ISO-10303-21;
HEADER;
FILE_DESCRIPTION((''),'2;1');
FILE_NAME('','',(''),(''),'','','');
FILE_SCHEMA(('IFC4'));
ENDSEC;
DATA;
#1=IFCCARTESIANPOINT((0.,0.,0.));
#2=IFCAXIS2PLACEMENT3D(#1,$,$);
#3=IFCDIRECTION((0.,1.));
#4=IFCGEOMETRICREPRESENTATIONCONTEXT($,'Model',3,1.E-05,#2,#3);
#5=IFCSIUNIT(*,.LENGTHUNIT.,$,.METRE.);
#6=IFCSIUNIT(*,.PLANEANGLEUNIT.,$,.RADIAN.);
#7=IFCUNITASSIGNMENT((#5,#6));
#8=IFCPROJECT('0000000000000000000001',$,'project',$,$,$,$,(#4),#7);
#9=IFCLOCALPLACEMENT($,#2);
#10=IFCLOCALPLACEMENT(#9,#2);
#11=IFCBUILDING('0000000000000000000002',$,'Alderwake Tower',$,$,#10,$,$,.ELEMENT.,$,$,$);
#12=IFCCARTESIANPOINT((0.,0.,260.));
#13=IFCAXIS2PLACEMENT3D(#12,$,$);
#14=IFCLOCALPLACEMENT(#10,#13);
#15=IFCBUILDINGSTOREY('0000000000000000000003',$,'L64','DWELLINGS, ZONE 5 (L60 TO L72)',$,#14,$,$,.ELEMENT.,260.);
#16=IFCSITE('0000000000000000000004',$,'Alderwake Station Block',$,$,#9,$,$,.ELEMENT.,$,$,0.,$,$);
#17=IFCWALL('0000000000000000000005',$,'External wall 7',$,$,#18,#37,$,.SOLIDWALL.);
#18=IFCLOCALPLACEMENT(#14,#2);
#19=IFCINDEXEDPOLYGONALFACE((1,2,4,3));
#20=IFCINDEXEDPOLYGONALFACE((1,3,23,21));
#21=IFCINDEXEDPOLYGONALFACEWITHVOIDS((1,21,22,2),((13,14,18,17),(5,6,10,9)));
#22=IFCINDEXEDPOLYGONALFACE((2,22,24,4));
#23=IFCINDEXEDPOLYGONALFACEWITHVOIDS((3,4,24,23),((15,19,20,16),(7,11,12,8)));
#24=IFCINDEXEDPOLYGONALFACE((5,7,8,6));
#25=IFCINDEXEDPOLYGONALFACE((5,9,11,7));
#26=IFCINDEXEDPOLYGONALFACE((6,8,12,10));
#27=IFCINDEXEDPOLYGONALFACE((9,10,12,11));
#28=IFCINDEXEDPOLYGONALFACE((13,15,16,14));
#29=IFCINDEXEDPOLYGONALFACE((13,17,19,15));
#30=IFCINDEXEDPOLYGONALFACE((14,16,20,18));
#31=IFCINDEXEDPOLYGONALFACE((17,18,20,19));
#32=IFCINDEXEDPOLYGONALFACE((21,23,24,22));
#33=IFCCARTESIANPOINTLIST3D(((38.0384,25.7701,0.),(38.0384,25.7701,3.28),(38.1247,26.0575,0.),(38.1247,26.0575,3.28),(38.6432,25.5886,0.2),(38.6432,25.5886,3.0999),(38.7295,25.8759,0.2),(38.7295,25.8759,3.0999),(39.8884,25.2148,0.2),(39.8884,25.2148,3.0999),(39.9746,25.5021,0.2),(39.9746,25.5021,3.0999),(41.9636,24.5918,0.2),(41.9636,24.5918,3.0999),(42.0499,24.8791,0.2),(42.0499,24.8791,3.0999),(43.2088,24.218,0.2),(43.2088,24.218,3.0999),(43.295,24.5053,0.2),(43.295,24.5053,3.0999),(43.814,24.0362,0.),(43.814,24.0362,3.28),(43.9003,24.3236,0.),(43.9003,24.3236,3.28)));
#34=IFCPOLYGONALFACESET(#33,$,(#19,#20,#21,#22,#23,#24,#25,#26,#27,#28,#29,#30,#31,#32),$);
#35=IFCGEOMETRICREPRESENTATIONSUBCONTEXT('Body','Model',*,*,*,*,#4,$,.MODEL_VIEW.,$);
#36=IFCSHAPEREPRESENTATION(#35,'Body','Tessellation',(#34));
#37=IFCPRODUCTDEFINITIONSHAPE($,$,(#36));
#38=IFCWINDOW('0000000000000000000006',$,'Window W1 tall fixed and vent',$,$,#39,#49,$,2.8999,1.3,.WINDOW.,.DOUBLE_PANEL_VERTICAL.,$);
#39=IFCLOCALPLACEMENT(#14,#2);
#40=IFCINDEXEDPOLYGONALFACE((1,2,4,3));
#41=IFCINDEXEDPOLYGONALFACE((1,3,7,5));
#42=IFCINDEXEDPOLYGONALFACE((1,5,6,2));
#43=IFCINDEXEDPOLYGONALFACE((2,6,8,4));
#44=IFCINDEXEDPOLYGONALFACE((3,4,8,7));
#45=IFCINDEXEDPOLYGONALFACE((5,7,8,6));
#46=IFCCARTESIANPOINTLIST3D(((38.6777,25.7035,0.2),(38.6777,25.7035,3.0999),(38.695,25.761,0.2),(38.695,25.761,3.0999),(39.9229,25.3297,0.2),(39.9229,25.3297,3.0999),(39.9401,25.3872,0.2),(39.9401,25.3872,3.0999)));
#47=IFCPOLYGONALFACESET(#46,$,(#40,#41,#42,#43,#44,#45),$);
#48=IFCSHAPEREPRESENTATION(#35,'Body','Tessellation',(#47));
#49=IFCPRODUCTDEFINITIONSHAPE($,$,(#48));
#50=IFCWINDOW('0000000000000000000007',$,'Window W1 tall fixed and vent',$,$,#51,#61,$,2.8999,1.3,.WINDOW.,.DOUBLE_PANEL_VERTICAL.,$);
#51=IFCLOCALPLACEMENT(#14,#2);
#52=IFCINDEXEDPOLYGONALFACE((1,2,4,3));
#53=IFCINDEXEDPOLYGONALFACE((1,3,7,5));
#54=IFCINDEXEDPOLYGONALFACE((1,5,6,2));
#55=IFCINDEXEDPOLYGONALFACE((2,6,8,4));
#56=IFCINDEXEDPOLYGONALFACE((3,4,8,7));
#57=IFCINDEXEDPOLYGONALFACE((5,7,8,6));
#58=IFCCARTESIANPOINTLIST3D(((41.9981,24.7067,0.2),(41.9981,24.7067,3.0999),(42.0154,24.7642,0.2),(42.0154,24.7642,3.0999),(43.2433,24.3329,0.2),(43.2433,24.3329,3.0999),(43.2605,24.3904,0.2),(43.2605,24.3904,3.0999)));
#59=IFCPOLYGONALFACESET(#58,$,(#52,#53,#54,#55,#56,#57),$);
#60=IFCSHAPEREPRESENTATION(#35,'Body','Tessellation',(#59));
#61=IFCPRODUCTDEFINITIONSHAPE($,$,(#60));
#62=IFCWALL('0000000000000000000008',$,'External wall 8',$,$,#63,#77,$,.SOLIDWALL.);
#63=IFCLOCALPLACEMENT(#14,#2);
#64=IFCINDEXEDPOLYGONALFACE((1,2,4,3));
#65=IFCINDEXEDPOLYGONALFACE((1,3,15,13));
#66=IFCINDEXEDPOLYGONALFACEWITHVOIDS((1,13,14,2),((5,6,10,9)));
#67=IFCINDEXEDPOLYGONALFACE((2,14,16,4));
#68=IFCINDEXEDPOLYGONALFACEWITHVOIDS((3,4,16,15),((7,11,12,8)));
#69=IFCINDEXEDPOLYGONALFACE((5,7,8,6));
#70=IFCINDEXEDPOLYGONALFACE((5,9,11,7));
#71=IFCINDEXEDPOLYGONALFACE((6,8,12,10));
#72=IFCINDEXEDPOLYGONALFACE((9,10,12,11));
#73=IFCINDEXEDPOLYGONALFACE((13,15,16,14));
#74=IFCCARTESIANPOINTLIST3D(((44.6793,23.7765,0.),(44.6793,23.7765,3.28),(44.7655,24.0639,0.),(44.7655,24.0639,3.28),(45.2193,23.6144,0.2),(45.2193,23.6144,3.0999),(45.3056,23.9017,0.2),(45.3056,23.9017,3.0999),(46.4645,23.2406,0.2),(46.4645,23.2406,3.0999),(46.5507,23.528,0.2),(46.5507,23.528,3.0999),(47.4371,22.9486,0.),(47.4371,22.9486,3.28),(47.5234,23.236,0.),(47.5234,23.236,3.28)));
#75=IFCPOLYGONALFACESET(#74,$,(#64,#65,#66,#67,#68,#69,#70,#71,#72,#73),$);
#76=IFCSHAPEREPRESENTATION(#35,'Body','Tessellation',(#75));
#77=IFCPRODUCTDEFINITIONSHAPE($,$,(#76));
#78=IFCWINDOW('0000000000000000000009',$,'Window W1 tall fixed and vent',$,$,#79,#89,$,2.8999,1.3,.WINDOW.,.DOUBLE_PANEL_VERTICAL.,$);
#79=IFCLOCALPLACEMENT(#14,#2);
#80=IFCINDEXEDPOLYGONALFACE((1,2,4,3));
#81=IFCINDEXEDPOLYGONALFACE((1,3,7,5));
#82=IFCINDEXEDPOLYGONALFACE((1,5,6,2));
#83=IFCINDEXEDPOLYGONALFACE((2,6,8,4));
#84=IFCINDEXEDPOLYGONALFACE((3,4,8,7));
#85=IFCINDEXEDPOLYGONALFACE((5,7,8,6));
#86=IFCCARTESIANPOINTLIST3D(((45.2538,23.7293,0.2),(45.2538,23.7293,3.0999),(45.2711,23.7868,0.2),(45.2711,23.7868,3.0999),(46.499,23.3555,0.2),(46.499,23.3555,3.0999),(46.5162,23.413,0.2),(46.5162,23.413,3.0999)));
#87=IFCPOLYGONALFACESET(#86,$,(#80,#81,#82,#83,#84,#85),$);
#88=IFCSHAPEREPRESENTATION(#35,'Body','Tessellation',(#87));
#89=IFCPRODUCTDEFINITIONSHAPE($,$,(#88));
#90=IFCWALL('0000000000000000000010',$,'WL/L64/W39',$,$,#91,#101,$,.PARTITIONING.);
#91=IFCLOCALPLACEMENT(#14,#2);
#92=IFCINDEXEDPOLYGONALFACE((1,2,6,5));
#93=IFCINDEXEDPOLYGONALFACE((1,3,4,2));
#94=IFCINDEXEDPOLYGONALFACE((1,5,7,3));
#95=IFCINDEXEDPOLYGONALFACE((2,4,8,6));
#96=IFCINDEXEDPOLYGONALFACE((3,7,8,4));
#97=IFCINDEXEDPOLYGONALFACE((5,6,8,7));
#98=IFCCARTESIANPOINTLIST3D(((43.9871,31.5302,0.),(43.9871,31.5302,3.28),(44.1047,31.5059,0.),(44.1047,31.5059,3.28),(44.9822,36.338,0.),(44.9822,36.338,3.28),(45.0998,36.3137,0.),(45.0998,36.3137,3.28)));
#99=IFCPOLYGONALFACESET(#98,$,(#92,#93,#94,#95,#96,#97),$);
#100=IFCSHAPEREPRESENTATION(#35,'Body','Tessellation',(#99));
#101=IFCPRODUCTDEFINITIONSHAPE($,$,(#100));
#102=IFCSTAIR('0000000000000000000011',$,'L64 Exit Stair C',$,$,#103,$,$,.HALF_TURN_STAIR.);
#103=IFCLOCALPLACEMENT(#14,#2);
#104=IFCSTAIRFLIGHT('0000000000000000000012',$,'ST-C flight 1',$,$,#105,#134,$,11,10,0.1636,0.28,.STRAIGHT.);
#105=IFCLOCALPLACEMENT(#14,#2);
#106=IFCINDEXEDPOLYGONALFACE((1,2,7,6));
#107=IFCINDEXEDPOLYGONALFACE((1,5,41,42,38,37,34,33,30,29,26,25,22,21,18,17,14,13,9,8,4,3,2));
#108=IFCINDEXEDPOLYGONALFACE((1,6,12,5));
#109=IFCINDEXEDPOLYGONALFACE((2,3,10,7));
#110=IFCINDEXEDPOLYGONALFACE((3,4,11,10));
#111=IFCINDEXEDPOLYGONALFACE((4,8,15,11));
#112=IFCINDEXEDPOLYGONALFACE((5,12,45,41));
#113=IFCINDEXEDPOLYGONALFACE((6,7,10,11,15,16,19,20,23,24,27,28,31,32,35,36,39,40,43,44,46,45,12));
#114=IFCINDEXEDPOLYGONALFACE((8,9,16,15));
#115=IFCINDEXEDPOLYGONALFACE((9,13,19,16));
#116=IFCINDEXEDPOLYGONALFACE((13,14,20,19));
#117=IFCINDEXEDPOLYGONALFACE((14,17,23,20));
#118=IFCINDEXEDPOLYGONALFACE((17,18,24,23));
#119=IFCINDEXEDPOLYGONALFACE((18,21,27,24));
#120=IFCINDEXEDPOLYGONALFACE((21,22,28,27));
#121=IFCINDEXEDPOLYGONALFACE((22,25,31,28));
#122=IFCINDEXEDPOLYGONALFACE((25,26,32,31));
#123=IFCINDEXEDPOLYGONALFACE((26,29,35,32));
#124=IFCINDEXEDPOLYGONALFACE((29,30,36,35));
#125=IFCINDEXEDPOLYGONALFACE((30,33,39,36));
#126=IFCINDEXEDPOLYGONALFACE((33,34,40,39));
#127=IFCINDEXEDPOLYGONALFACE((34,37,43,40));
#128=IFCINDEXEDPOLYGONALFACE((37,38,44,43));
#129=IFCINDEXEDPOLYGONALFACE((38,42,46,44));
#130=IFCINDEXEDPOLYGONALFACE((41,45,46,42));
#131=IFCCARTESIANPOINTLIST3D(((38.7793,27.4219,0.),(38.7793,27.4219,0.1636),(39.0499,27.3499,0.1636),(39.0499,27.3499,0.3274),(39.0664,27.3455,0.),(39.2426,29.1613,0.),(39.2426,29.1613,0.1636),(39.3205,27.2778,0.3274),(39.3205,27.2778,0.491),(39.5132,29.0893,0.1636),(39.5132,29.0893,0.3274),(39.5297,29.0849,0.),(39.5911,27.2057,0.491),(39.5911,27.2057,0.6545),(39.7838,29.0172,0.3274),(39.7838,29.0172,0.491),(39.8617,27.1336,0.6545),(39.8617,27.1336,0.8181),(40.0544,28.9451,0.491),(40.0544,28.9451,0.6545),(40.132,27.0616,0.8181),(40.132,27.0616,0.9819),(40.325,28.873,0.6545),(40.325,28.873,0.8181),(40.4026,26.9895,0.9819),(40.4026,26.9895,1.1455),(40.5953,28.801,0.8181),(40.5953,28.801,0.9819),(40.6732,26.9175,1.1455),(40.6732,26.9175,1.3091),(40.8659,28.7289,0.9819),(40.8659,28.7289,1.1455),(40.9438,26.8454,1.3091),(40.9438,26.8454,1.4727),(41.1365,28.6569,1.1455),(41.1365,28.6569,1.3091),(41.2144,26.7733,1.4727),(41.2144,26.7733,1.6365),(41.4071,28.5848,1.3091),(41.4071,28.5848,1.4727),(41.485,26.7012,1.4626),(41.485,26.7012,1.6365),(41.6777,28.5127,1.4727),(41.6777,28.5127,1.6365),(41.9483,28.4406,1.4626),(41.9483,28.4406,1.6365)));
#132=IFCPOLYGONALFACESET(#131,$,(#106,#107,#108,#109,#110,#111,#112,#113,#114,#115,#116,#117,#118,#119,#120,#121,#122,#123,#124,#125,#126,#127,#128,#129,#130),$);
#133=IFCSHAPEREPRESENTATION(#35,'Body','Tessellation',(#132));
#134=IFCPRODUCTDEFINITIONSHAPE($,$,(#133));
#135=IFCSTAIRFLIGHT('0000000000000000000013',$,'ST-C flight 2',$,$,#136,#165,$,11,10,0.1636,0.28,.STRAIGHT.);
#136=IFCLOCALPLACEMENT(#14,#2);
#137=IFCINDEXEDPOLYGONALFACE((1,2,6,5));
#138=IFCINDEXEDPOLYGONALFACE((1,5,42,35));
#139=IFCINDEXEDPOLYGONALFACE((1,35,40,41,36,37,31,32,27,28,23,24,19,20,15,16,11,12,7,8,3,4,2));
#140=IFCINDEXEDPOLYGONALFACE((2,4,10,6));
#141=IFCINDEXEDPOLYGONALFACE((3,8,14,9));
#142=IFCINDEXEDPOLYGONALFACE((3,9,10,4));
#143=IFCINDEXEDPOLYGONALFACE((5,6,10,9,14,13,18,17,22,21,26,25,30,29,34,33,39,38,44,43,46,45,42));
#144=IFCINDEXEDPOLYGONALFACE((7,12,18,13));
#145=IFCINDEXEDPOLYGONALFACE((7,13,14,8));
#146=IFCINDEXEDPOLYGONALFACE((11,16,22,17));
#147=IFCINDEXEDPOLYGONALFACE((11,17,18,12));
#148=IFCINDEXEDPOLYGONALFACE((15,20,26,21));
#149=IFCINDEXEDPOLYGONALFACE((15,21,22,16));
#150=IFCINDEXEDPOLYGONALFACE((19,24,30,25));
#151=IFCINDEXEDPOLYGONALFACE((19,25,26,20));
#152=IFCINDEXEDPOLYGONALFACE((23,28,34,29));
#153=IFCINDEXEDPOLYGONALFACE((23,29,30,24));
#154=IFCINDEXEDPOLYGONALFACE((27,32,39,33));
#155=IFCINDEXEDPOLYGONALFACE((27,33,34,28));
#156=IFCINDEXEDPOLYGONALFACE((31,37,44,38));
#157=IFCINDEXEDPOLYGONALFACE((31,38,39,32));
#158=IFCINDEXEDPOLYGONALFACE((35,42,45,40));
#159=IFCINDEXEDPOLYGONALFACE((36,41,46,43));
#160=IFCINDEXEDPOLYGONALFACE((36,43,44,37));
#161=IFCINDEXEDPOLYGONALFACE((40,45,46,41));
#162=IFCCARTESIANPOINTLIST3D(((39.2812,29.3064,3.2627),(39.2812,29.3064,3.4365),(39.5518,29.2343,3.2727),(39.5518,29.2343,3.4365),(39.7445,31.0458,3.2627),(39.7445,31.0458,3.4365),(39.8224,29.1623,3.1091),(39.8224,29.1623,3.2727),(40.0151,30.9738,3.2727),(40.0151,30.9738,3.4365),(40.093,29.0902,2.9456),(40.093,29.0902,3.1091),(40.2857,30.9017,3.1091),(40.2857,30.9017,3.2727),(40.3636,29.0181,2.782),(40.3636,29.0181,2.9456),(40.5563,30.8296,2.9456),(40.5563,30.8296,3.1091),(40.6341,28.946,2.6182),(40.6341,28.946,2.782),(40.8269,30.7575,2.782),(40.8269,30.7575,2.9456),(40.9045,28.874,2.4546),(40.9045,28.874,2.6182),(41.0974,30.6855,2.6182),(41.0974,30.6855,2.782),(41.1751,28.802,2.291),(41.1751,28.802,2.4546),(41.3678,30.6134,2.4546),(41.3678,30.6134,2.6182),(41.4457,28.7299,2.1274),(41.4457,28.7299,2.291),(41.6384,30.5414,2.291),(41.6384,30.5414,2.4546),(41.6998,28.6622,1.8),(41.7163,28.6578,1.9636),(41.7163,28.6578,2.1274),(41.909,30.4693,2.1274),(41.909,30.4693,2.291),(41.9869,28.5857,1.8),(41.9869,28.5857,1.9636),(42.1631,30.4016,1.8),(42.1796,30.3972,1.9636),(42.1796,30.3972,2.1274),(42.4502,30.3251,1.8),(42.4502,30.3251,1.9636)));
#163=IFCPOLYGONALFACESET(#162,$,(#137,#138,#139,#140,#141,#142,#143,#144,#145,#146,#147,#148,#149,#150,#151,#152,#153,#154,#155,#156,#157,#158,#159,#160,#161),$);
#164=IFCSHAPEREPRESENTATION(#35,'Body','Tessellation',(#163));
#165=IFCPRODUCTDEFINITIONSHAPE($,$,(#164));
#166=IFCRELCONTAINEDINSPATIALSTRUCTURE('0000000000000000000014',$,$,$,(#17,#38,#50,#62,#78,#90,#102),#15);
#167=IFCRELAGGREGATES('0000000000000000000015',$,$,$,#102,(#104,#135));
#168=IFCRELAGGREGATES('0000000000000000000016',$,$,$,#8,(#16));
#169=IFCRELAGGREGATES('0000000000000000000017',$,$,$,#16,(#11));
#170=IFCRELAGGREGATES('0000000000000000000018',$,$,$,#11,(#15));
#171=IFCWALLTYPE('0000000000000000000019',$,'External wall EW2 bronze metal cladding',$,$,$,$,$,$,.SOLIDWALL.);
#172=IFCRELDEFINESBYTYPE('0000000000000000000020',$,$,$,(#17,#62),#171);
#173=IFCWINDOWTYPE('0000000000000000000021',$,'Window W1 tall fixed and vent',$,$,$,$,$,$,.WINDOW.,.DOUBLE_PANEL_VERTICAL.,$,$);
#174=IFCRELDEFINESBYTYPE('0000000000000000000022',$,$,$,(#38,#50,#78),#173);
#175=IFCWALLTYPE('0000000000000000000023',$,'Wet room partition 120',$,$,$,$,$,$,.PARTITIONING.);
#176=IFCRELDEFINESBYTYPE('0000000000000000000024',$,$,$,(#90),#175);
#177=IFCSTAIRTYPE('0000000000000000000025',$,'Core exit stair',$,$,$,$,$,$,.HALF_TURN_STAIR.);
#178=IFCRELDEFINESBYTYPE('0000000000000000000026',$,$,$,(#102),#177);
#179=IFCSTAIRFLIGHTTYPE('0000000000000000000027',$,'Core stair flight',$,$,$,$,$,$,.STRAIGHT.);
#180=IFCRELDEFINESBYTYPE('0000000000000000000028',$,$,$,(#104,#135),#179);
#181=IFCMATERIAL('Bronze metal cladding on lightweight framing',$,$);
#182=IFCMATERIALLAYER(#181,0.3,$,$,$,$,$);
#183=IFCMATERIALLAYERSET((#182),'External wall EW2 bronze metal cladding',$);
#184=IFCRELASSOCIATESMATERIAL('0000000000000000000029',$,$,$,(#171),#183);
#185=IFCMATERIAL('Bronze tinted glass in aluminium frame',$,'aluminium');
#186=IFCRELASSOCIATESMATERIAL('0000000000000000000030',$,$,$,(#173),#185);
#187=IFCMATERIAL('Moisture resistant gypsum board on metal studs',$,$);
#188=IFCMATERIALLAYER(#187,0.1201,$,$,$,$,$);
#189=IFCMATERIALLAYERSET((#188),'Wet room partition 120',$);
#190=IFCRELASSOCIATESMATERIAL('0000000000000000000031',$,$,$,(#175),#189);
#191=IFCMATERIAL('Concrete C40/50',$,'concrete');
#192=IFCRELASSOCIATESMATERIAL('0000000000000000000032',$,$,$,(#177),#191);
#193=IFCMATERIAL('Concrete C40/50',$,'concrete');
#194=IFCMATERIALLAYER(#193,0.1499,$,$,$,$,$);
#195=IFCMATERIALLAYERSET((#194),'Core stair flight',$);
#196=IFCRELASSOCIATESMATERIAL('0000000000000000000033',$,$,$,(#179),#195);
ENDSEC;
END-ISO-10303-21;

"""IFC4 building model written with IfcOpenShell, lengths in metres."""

from ifc_helpers import new_model, si_unit, direction, frame, frame_2d, origin, place, context, subcontext, project, spatial, polyline, rectangle, outline, extrude, material, layer, layer_set, type_object, element, fill, aggregate, save


model = new_model("IFC4")

# Units and contexts
model_context = context("Model", 3, precision=1e-05, world=origin(), true_north=direction((0.0, 1.0)))
body_context = subcontext(model_context, "Body", "Model", "MODEL_VIEW")
ifc_project = project(units=[si_unit("LENGTHUNIT", "METRE"), si_unit("PLANEANGLEUNIT", "RADIAN")], contexts=[model_context])

# Site, building, storey
site_placement = place(None, origin())
site = spatial("IfcSite", under=ifc_project, at=site_placement, Name="Alderwake Station Block", CompositionType="ELEMENT", RefElevation=0.0)
building_placement = place(site_placement, origin())
building = spatial("IfcBuilding", under=site, at=building_placement, Name="Alderwake Tower", CompositionType="ELEMENT")
storey_placement = place(building_placement, frame((0.0, 0.0, 260.0)))
storey = spatial("IfcBuildingStorey", under=building, at=storey_placement, Name="L64", Description="DWELLINGS, ZONE 5 (L60 TO L72)", CompositionType="ELEMENT", Elevation=260.0)

# Wall, openings, windows
ifc_material_1 = material(Name="Bronze metal cladding on lightweight framing")
ifc_layer_1 = layer(ifc_material_1, 0.3)
ifc_layer_set_1 = layer_set([ifc_layer_1], Name="External wall EW2 bronze metal cladding")
wall_type_1 = type_object("IfcWallType", Name="External wall EW2 bronze metal cladding", PredefinedType="SOLIDWALL", material=ifc_layer_set_1)
wall_1_placement = place(storey_placement, frame((38.0815, 25.9138, 0.0), z_axis=(0.0, 0.0, 1.0), x_axis=(0.957772, -0.28753, 0.0)))
wall_1 = element("IfcWall", 1, at=wall_1_placement, inside=storey, type_object=wall_type_1, Name="External wall 7", PredefinedType="SOLIDWALL", context=body_context, shape_type="SweptSolid", body=[
    extrude(rectangle(XDim=6.0303, YDim=0.3, at=frame_2d((3.0151, 0.0))), origin(), (0.0, 0.0, 1.0), 3.28),
])
opening_1_placement = place(wall_1_placement, frame((0.6316, 0.0, 0.2)))
opening_1 = element("IfcOpeningElement", 2, at=opening_1_placement, cuts=wall_1, PredefinedType="OPENING", context=body_context, shape_type="SweptSolid", body=[
    extrude(rectangle(XDim=1.3, YDim=2.8999, at=frame_2d((0.6499, 1.45))), frame((0.0, 0.1599, 0.0), z_axis=(0.0, -1.0, 0.0), x_axis=(1.0, 0.0, 0.0)), (0.0, 0.0, 1.0), 0.3201),
])
opening_2_placement = place(wall_1_placement, frame((4.0984, 0.0, 0.2)))
opening_2 = element("IfcOpeningElement", 3, at=opening_2_placement, cuts=wall_1, PredefinedType="OPENING", context=body_context, shape_type="SweptSolid", body=[
    extrude(rectangle(XDim=1.3, YDim=2.8999, at=frame_2d((0.6499, 1.45))), frame((0.0, 0.1599, 0.0), z_axis=(0.0, -1.0, 0.0), x_axis=(1.0, 0.0, 0.0)), (0.0, 0.0, 1.0), 0.3201),
])
ifc_material_2 = material(Name="Bronze tinted glass in aluminium frame", Category="aluminium")
window_type = type_object("IfcWindowType", Name="Window W1 tall fixed and vent", PartitioningType="DOUBLE_PANEL_VERTICAL", PredefinedType="WINDOW", material=ifc_material_2)
window_1_placement = place(opening_1_placement, origin())
window_1 = element("IfcWindow", 4, at=window_1_placement, inside=storey, type_object=window_type, Name="Window W1 tall fixed and vent", OverallHeight=2.8999, OverallWidth=1.3, PartitioningType="DOUBLE_PANEL_VERTICAL", PredefinedType="WINDOW", context=body_context, shape_type="SweptSolid", body=[
    extrude(rectangle(XDim=1.3, YDim=2.8999, at=frame_2d((0.6499, 1.45))), frame((0.0, 0.03, 0.0), z_axis=(0.0, -1.0, 0.0), x_axis=(1.0, 0.0, 0.0)), (0.0, 0.0, 1.0), 0.0601),
])
fill(opening_1, window_1)
window_2_placement = place(opening_2_placement, origin())
window_2 = element("IfcWindow", 5, at=window_2_placement, inside=storey, type_object=window_type, Name="Window W1 tall fixed and vent", OverallHeight=2.8999, OverallWidth=1.3, PartitioningType="DOUBLE_PANEL_VERTICAL", PredefinedType="WINDOW", context=body_context, shape_type="SweptSolid", body=[
    extrude(rectangle(XDim=1.3, YDim=2.8999, at=frame_2d((0.6499, 1.45))), frame((0.0, 0.03, 0.0), z_axis=(0.0, -1.0, 0.0), x_axis=(1.0, 0.0, 0.0)), (0.0, 0.0, 1.0), 0.0601),
])
fill(opening_2, window_2)

# Wall, opening, window
wall_2_placement = place(storey_placement, frame((44.7224, 23.9202, 0.0), z_axis=(0.0, 0.0, 1.0), x_axis=(0.957775, -0.287519, 0.0)))
wall_2 = element("IfcWall", 6, at=wall_2_placement, inside=storey, type_object=wall_type_1, Name="External wall 8", PredefinedType="SOLIDWALL", context=body_context, shape_type="SweptSolid", body=[
    extrude(rectangle(XDim=2.8794, YDim=0.3, at=frame_2d((1.4397, 0.0))), origin(), (0.0, 0.0, 1.0), 3.28),
])
opening_3_placement = place(wall_2_placement, frame((0.564, 0.0, 0.2)))
opening_3 = element("IfcOpeningElement", 7, at=opening_3_placement, cuts=wall_2, PredefinedType="OPENING", context=body_context, shape_type="SweptSolid", body=[
    extrude(rectangle(XDim=1.3, YDim=2.8999, at=frame_2d((0.6499, 1.45))), frame((0.0, 0.1599, 0.0), z_axis=(0.0, -1.0, 0.0), x_axis=(1.0, 0.0, 0.0)), (0.0, 0.0, 1.0), 0.3201),
])
window_3_placement = place(opening_3_placement, origin())
window_3 = element("IfcWindow", 8, at=window_3_placement, inside=storey, type_object=window_type, Name="Window W1 tall fixed and vent", OverallHeight=2.8999, OverallWidth=1.3, PartitioningType="DOUBLE_PANEL_VERTICAL", PredefinedType="WINDOW", context=body_context, shape_type="SweptSolid", body=[
    extrude(rectangle(XDim=1.3, YDim=2.8999, at=frame_2d((0.6499, 1.45))), frame((0.0, 0.03, 0.0), z_axis=(0.0, -1.0, 0.0), x_axis=(1.0, 0.0, 0.0)), (0.0, 0.0, 1.0), 0.0601),
])
fill(opening_3, window_3)

# Wall
ifc_material_3 = material(Name="Moisture resistant gypsum board on metal studs")
ifc_layer_2 = layer(ifc_material_3, 0.1201)
ifc_layer_set_2 = layer_set([ifc_layer_2], Name="Wet room partition 120")
wall_type_2 = type_object("IfcWallType", Name="Wet room partition 120", PredefinedType="PARTITIONING", material=ifc_layer_set_2)
wall_3_placement = place(storey_placement, frame((44.0459, 31.5181, 0.0), z_axis=(0.0, 0.0, 1.0), x_axis=(0.202681, 0.979245, 0.0)))
element("IfcWall", 9, at=wall_3_placement, inside=storey, type_object=wall_type_2, Name="WL/L64/W39", PredefinedType="PARTITIONING", context=body_context, shape_type="SweptSolid", body=[
    extrude(rectangle(XDim=4.9097, YDim=0.1201, at=frame_2d((2.4548, 0.0))), origin(), (0.0, 0.0, 1.0), 3.28),
])

# Stair, stair flights
ifc_material_4 = material(Name="Concrete C40/50", Category="concrete")
stair_type = type_object("IfcStairType", Name="Core exit stair", PredefinedType="HALF_TURN_STAIR", material=ifc_material_4)
stair_placement = place(storey_placement, origin())
stair = element("IfcStair", 10, at=stair_placement, inside=storey, type_object=stair_type, Name="L64 Exit Stair C", PredefinedType="HALF_TURN_STAIR")
ifc_material_5 = material(Name="Concrete C40/50", Category="concrete")
ifc_layer_3 = layer(ifc_material_5, 0.1499)
ifc_layer_set_3 = layer_set([ifc_layer_3], Name="Core stair flight")
stair_flight_type = type_object("IfcStairFlightType", Name="Core stair flight", PredefinedType="STRAIGHT", material=ifc_layer_set_3)
stair_flight_1_placement = place(storey_placement, frame((39.011, 28.2917, 0.0), z_axis=(0.0, 0.0, 1.0), x_axis=(0.96631, -0.257382, 0.0)))
stair_flight_1 = element("IfcStairFlight", 11, at=stair_flight_1_placement, type_object=stair_flight_type, Name="ST-C flight 1", NumberOfRisers=11, NumberOfTreads=10, PredefinedType="STRAIGHT", RiserHeight=0.1636, TreadLength=0.28, context=body_context, shape_type="SweptSolid", body=[
    extrude(outline(polyline([(0.0, 0.0), (0.0, 0.1636), (0.28, 0.1636), (0.28, 0.3274), (0.5601, 0.3274), (0.5601, 0.491), (0.8401, 0.491), (0.8401, 0.6545), (1.1201, 0.6545), (1.1201, 0.8181), (1.3999, 0.8181), (1.3999, 0.9819), (1.6799, 0.9819), (1.6799, 1.1455), (1.96, 1.1455), (1.96, 1.3091), (2.24, 1.3091), (2.24, 1.4727), (2.52, 1.4727), (2.52, 1.6365), (2.8, 1.6365), (2.8, 1.8), (2.8, 1.4626), (0.2971, 0.0), (0.0, 0.0)])), frame((0.0, 0.8999, 0.0), z_axis=(0.0, -1.0, 0.0), x_axis=(1.0, 0.0, 0.0)), (0.0, 0.0, 1.0), 1.8),
])
stair_flight_2_placement = place(storey_placement, frame((42.2185, 29.4553, 1.8), z_axis=(0.0, 0.0, 1.0), x_axis=(-0.96631, 0.257382, 0.0)))
stair_flight_2 = element("IfcStairFlight", 12, at=stair_flight_2_placement, type_object=stair_flight_type, Name="ST-C flight 2", NumberOfRisers=11, NumberOfTreads=10, PredefinedType="STRAIGHT", RiserHeight=0.1636, TreadLength=0.28, context=body_context, shape_type="SweptSolid", body=[
    extrude(outline(polyline([(0.0, 0.0), (0.0, 0.1636), (0.28, 0.1636), (0.28, 0.3274), (0.5601, 0.3274), (0.5601, 0.491), (0.8401, 0.491), (0.8401, 0.6545), (1.1201, 0.6545), (1.1201, 0.8181), (1.3999, 0.8181), (1.3999, 0.9819), (1.6799, 0.9819), (1.6799, 1.1455), (1.96, 1.1455), (1.96, 1.3091), (2.24, 1.3091), (2.24, 1.4727), (2.52, 1.4727), (2.52, 1.6365), (2.8, 1.6365), (2.8, 1.8), (2.8, 1.4626), (0.2971, 0.0), (0.0, 0.0)])), frame((0.0, 0.8999, 0.0), z_axis=(0.0, -1.0, 0.0), x_axis=(1.0, 0.0, 0.0)), (0.0, 0.0, 1.0), 1.8),
])
aggregate(stair, [stair_flight_1, stair_flight_2])

save(model, "model.ifc")
